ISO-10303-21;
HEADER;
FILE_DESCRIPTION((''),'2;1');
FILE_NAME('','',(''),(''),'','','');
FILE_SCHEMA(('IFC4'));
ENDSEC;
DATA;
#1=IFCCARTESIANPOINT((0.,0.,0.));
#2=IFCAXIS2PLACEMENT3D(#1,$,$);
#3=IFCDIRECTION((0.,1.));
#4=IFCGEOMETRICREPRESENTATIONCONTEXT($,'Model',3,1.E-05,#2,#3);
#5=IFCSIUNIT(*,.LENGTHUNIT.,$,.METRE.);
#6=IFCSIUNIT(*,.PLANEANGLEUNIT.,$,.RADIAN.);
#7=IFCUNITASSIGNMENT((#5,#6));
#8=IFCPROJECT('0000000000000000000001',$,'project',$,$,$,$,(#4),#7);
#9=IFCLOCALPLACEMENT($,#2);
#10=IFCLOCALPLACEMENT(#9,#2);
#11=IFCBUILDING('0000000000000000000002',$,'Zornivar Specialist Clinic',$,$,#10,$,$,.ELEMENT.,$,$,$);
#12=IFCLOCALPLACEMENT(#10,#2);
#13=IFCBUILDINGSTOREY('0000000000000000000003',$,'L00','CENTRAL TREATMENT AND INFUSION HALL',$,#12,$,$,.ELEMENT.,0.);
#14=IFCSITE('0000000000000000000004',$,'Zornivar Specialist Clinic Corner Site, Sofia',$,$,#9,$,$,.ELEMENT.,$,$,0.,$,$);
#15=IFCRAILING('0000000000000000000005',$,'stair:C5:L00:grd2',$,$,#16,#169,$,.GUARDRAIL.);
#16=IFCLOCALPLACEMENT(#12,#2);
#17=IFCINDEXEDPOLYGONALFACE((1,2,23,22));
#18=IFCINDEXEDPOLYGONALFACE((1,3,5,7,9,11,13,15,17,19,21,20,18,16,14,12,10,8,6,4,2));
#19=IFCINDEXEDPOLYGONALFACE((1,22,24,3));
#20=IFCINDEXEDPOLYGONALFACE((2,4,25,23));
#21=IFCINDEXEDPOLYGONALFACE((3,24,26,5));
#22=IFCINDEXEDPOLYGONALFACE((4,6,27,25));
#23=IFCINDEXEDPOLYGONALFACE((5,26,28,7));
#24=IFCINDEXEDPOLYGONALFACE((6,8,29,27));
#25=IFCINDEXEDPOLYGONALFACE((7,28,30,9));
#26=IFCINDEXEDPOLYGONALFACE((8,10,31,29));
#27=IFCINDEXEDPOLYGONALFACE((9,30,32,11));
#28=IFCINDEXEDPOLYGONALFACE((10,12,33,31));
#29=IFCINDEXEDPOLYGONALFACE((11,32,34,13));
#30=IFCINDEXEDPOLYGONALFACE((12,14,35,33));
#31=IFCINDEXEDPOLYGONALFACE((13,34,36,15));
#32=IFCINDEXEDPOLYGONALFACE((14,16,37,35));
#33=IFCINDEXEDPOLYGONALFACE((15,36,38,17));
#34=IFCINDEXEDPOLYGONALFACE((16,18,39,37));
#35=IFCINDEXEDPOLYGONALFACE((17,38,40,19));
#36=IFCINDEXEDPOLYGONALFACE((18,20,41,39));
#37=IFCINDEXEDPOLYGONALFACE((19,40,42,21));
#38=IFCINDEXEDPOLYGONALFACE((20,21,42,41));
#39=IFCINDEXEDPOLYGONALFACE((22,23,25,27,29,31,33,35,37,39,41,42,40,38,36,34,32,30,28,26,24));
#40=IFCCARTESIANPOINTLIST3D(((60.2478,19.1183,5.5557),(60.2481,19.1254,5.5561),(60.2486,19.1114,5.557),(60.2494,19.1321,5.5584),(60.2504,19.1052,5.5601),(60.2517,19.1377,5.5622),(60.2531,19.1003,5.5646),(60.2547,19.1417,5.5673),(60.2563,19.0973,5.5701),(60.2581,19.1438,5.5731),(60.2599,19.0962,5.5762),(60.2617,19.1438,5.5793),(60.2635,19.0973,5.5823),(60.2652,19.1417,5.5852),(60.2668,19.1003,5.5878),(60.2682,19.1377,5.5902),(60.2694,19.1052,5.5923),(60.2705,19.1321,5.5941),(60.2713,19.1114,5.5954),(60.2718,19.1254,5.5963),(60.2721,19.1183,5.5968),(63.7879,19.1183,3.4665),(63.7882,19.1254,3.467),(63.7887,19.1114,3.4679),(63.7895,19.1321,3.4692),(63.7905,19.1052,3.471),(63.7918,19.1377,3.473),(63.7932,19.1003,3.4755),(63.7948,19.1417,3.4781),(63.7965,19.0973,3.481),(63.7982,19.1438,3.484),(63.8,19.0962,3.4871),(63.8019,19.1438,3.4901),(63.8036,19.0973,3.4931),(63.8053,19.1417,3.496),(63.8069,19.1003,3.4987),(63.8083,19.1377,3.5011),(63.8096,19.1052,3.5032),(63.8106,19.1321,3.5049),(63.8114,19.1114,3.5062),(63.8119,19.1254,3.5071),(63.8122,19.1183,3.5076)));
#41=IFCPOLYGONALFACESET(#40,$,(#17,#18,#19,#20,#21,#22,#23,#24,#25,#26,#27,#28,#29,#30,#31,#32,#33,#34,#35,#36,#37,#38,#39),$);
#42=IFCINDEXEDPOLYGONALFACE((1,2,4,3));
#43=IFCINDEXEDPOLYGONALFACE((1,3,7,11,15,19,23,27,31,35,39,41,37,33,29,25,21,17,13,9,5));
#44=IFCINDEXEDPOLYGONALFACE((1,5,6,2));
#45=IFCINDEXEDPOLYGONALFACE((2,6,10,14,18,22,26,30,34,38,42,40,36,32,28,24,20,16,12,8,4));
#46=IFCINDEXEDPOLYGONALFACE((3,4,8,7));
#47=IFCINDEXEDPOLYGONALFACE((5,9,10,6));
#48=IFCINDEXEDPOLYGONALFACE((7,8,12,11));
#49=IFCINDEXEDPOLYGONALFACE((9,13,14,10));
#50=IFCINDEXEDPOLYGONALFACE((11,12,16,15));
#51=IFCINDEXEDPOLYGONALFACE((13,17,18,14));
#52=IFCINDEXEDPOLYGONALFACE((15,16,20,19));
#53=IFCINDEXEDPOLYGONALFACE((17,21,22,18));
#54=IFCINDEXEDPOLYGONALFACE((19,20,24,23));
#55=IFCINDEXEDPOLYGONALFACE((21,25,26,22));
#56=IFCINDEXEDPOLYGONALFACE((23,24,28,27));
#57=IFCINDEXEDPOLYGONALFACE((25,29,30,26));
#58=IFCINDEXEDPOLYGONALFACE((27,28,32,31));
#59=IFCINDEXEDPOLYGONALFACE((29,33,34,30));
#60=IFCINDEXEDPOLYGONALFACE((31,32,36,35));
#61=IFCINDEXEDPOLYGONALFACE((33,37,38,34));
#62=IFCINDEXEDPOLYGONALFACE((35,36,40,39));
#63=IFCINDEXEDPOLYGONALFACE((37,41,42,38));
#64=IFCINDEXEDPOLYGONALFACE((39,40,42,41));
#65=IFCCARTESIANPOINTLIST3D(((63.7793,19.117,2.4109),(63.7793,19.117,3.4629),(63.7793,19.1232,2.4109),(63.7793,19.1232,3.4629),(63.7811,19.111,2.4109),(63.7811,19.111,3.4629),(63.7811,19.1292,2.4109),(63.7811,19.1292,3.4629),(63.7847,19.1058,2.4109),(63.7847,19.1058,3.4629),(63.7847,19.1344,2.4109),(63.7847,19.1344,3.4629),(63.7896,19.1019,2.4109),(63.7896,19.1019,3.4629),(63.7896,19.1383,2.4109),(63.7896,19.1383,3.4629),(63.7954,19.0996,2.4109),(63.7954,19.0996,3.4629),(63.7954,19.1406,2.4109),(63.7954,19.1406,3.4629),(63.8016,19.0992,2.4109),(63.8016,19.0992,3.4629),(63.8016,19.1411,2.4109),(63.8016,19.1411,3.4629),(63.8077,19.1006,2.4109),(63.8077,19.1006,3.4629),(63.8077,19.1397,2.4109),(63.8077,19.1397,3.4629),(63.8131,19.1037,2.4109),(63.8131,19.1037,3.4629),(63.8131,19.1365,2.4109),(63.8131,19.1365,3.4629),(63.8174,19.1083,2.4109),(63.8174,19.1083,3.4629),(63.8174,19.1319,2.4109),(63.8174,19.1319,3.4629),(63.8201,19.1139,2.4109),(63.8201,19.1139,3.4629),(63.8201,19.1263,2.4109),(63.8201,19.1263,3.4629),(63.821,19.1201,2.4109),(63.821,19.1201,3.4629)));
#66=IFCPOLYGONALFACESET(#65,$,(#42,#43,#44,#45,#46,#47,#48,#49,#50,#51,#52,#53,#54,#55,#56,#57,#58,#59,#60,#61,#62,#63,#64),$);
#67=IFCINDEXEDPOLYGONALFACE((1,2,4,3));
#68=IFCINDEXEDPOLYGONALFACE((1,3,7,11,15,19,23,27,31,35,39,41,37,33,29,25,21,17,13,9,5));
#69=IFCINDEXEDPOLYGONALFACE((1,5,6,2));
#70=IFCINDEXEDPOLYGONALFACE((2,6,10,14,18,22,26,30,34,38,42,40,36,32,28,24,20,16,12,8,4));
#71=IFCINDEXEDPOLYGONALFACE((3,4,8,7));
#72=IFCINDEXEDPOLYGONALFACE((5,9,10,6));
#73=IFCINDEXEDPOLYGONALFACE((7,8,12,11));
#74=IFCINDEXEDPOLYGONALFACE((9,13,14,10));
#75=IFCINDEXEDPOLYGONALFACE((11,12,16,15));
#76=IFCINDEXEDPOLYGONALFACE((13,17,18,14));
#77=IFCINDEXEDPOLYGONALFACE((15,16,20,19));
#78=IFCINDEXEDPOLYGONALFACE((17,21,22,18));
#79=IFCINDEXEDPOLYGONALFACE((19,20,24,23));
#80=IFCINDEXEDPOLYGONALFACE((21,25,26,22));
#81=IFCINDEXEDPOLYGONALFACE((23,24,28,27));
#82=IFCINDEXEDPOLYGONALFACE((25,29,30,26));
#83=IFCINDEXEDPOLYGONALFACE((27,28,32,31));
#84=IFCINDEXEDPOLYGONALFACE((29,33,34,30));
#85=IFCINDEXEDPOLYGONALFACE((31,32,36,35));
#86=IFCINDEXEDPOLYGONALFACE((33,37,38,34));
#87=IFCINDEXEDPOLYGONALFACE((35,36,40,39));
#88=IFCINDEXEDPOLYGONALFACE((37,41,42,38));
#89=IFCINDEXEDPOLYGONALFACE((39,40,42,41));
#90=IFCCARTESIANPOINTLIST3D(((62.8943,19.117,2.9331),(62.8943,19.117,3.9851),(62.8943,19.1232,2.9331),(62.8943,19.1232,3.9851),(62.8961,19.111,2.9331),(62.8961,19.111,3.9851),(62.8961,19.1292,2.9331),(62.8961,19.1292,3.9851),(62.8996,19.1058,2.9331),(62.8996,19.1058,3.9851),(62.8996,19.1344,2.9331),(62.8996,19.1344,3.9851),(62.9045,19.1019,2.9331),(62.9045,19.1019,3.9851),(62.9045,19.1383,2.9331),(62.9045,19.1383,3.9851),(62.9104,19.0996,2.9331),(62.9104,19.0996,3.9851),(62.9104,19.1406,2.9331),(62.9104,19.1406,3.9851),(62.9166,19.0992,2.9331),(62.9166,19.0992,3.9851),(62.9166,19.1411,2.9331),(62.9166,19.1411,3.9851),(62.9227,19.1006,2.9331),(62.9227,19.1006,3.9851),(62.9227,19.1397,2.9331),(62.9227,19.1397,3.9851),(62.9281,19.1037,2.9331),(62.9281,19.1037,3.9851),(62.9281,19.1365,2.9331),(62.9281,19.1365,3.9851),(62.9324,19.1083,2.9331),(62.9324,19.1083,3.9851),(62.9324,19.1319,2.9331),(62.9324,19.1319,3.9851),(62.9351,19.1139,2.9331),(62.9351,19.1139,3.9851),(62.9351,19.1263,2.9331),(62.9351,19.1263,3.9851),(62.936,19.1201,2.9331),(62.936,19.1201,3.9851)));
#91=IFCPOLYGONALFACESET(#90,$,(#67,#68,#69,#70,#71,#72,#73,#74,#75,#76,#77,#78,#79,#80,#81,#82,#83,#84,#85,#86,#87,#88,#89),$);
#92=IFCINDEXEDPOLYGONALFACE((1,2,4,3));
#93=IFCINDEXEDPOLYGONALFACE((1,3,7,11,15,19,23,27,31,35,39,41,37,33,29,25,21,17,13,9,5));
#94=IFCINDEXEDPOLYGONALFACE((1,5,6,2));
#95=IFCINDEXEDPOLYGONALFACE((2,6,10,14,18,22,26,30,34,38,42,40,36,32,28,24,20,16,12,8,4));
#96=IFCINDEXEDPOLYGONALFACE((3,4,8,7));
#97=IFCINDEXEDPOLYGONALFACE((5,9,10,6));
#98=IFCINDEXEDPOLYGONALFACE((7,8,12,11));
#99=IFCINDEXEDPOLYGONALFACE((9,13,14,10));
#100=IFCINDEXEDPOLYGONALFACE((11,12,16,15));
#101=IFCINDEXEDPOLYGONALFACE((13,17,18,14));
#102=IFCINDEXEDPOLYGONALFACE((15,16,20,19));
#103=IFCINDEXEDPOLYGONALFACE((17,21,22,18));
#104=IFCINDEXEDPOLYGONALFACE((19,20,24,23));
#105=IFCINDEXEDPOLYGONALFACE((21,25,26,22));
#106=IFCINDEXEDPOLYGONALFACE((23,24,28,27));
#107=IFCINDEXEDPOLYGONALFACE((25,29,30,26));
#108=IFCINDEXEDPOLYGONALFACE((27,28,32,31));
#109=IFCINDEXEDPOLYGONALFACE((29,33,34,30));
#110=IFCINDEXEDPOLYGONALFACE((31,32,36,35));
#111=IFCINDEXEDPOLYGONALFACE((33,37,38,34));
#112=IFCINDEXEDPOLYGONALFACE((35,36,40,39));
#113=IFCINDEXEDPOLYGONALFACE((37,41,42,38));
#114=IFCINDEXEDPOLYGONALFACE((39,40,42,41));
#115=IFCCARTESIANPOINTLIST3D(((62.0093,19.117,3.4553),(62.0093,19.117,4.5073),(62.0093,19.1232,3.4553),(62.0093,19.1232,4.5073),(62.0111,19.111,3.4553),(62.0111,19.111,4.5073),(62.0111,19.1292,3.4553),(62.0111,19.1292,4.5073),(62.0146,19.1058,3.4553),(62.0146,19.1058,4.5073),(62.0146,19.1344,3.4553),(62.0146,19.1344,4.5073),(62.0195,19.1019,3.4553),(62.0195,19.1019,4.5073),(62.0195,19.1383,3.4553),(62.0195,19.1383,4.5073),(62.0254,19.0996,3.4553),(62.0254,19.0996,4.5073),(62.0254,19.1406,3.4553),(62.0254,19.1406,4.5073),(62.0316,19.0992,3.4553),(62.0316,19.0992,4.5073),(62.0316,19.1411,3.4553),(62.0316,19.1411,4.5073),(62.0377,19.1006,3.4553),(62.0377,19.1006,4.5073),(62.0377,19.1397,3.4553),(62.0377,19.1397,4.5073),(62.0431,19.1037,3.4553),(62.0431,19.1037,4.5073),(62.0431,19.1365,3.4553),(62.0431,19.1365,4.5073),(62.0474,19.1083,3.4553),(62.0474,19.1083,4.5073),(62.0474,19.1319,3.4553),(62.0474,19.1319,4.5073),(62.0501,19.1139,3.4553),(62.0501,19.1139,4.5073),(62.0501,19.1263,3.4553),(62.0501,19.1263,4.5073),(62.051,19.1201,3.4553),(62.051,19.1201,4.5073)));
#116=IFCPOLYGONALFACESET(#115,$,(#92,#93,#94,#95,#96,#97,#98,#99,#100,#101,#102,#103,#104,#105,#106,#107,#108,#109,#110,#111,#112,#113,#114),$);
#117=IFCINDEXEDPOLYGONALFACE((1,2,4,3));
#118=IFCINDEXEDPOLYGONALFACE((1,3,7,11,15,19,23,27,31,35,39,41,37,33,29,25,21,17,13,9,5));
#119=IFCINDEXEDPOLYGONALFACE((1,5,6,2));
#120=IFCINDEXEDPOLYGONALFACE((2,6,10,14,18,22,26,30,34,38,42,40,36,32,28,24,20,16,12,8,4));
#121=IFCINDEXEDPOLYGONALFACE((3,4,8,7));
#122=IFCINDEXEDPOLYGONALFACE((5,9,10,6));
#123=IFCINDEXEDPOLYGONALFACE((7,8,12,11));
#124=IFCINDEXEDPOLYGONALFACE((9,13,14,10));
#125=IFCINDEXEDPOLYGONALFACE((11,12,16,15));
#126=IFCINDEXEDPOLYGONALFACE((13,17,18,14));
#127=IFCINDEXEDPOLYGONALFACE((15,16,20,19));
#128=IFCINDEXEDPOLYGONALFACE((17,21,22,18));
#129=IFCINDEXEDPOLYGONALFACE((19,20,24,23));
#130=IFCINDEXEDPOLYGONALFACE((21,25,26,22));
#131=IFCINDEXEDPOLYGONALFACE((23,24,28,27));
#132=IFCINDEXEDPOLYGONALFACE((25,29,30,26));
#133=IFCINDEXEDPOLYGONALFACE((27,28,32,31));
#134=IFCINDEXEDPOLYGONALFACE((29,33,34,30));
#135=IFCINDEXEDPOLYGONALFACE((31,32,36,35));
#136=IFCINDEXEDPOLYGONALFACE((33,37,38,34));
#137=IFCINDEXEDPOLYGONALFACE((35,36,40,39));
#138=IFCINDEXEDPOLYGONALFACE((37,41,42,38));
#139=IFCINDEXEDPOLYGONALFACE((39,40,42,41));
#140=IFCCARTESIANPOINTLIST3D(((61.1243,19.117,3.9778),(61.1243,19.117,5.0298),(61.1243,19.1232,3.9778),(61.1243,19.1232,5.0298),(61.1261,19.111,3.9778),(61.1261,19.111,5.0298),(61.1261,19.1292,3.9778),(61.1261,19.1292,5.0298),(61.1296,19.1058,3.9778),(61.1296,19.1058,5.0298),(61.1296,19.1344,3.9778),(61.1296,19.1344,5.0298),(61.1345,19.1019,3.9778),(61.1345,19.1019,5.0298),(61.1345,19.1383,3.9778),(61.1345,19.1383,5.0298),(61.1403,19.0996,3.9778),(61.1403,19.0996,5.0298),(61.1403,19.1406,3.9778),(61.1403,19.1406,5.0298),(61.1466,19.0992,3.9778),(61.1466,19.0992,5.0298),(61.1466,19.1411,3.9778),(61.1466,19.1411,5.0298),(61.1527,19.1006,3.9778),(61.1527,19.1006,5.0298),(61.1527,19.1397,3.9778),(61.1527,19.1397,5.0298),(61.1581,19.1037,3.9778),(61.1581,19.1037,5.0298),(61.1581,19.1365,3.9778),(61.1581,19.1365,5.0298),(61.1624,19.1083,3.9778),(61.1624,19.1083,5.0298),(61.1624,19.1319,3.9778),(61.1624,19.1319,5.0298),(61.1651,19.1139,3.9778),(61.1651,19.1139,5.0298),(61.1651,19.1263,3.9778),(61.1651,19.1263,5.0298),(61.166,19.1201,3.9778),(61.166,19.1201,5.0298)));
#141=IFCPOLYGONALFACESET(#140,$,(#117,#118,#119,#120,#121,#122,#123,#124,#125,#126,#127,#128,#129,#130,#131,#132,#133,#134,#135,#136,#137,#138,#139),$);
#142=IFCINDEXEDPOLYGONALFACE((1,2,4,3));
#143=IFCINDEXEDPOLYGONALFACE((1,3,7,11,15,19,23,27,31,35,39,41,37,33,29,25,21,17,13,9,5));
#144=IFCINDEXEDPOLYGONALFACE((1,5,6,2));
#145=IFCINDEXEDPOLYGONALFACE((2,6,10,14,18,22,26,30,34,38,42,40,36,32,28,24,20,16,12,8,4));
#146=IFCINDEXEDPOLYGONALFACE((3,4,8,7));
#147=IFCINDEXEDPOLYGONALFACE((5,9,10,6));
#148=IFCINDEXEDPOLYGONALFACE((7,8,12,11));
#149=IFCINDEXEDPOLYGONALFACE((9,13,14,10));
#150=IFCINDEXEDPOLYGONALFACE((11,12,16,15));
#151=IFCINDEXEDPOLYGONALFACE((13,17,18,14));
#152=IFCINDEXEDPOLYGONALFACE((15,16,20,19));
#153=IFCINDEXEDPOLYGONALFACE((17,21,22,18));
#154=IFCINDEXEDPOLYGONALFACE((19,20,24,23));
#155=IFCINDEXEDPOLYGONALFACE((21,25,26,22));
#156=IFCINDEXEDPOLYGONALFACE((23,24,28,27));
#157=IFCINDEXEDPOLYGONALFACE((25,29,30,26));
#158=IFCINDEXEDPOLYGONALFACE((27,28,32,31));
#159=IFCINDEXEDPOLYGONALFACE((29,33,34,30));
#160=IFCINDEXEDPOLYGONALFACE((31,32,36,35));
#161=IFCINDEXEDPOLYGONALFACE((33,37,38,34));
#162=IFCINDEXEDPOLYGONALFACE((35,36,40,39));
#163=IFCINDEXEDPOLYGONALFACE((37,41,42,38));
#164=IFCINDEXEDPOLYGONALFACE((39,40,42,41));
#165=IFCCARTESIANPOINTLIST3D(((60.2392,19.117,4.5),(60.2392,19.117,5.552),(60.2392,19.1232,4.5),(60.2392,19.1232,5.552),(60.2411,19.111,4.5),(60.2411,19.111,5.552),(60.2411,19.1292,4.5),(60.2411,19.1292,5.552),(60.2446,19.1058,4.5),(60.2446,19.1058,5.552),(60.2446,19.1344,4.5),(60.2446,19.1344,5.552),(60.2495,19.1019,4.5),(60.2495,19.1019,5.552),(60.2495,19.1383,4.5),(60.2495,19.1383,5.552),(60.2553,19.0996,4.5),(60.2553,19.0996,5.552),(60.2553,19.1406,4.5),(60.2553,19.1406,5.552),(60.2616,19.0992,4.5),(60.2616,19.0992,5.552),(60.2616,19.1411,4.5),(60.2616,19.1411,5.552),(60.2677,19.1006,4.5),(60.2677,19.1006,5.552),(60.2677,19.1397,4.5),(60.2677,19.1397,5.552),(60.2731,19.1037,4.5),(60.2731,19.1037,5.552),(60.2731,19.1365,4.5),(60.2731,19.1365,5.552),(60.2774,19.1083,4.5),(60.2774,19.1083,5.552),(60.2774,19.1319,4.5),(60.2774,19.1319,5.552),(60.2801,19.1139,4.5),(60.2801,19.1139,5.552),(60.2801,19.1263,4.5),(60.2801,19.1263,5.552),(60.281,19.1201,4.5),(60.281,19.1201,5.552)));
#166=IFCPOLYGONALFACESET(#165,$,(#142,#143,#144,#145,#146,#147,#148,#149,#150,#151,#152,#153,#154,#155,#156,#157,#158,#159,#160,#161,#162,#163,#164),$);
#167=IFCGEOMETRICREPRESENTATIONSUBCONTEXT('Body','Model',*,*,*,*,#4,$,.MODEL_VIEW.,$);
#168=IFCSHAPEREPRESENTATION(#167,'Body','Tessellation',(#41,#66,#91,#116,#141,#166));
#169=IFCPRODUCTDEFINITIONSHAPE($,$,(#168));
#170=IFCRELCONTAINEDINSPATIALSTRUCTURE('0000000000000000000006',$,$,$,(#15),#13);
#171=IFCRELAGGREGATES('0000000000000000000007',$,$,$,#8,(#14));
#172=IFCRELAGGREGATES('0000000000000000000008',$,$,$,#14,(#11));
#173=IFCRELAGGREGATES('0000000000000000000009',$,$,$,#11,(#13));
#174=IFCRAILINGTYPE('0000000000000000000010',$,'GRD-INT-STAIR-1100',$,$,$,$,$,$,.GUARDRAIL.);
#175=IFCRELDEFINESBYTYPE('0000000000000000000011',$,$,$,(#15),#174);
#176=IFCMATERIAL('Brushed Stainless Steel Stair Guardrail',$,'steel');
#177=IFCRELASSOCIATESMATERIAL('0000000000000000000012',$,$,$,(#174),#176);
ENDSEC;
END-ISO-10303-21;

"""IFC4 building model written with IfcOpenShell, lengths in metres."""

from ifc_helpers import new_model, si_unit, direction, frame, origin, origin_2d, place, context, subcontext, project, spatial, circle, extrude, material, type_object, element, save


model = new_model("IFC4")

# Units and contexts
model_context = context("Model", 3, precision=1e-05, world=origin(), true_north=direction((0.0, 1.0)))
body_context = subcontext(model_context, "Body", "Model", "MODEL_VIEW")
ifc_project = project(units=[si_unit("LENGTHUNIT", "METRE"), si_unit("PLANEANGLEUNIT", "RADIAN")], contexts=[model_context])

# Site, building, storey
site_placement = place(None, origin())
site = spatial("IfcSite", under=ifc_project, at=site_placement, Name="Zornivar Specialist Clinic Corner Site, Sofia", CompositionType="ELEMENT", RefElevation=0.0)
building_placement = place(site_placement, origin())
building = spatial("IfcBuilding", under=site, at=building_placement, Name="Zornivar Specialist Clinic", CompositionType="ELEMENT")
storey_placement = place(building_placement, origin())
storey = spatial("IfcBuildingStorey", under=building, at=storey_placement, Name="L00", Description="CENTRAL TREATMENT AND INFUSION HALL", CompositionType="ELEMENT", Elevation=0.0)

# Railing
ifc_material_1 = material(Name="Brushed Stainless Steel Stair Guardrail", Category="steel")
railing_type_1 = type_object("IfcRailingType", Name="GRD-INT-STAIR-1100", PredefinedType="GUARDRAIL", material=ifc_material_1)
railing_1_placement = place(storey_placement, frame((63.8, 19.1201, 2.4109)))
element("IfcRailing", 1, at=railing_1_placement, inside=storey, type_object=railing_type_1, Name="stair:C5:L00:grd2", PredefinedType="GUARDRAIL", context=body_context, shape_type="SweptSolid", body=[
    extrude(circle(Radius=0.0239, at=origin_2d()), frame((0.0, 0.0, 1.0762), z_axis=(-0.861217, 0.0, 0.508237), x_axis=(0.0, -1.0, 0.0)), (0.0, 0.0, 1.0), 4.1106),
    extrude(circle(Radius=0.021, at=origin_2d()), origin(), (0.0, 0.0, 1.0), 1.052),
    extrude(circle(Radius=0.021, at=origin_2d()), frame((-0.885, 0.0, 0.5222)), (0.0, 0.0, 1.0), 1.052),
    extrude(circle(Radius=0.021, at=origin_2d()), frame((-1.77, 0.0, 1.0444)), (0.0, 0.0, 1.0), 1.052),
    extrude(circle(Radius=0.021, at=origin_2d()), frame((-2.655, 0.0, 1.5669)), (0.0, 0.0, 1.0), 1.052),
    extrude(circle(Radius=0.021, at=origin_2d()), frame((-3.54, 0.0, 2.0891)), (0.0, 0.0, 1.0), 1.052),
])

save(model, "model.ifc")
